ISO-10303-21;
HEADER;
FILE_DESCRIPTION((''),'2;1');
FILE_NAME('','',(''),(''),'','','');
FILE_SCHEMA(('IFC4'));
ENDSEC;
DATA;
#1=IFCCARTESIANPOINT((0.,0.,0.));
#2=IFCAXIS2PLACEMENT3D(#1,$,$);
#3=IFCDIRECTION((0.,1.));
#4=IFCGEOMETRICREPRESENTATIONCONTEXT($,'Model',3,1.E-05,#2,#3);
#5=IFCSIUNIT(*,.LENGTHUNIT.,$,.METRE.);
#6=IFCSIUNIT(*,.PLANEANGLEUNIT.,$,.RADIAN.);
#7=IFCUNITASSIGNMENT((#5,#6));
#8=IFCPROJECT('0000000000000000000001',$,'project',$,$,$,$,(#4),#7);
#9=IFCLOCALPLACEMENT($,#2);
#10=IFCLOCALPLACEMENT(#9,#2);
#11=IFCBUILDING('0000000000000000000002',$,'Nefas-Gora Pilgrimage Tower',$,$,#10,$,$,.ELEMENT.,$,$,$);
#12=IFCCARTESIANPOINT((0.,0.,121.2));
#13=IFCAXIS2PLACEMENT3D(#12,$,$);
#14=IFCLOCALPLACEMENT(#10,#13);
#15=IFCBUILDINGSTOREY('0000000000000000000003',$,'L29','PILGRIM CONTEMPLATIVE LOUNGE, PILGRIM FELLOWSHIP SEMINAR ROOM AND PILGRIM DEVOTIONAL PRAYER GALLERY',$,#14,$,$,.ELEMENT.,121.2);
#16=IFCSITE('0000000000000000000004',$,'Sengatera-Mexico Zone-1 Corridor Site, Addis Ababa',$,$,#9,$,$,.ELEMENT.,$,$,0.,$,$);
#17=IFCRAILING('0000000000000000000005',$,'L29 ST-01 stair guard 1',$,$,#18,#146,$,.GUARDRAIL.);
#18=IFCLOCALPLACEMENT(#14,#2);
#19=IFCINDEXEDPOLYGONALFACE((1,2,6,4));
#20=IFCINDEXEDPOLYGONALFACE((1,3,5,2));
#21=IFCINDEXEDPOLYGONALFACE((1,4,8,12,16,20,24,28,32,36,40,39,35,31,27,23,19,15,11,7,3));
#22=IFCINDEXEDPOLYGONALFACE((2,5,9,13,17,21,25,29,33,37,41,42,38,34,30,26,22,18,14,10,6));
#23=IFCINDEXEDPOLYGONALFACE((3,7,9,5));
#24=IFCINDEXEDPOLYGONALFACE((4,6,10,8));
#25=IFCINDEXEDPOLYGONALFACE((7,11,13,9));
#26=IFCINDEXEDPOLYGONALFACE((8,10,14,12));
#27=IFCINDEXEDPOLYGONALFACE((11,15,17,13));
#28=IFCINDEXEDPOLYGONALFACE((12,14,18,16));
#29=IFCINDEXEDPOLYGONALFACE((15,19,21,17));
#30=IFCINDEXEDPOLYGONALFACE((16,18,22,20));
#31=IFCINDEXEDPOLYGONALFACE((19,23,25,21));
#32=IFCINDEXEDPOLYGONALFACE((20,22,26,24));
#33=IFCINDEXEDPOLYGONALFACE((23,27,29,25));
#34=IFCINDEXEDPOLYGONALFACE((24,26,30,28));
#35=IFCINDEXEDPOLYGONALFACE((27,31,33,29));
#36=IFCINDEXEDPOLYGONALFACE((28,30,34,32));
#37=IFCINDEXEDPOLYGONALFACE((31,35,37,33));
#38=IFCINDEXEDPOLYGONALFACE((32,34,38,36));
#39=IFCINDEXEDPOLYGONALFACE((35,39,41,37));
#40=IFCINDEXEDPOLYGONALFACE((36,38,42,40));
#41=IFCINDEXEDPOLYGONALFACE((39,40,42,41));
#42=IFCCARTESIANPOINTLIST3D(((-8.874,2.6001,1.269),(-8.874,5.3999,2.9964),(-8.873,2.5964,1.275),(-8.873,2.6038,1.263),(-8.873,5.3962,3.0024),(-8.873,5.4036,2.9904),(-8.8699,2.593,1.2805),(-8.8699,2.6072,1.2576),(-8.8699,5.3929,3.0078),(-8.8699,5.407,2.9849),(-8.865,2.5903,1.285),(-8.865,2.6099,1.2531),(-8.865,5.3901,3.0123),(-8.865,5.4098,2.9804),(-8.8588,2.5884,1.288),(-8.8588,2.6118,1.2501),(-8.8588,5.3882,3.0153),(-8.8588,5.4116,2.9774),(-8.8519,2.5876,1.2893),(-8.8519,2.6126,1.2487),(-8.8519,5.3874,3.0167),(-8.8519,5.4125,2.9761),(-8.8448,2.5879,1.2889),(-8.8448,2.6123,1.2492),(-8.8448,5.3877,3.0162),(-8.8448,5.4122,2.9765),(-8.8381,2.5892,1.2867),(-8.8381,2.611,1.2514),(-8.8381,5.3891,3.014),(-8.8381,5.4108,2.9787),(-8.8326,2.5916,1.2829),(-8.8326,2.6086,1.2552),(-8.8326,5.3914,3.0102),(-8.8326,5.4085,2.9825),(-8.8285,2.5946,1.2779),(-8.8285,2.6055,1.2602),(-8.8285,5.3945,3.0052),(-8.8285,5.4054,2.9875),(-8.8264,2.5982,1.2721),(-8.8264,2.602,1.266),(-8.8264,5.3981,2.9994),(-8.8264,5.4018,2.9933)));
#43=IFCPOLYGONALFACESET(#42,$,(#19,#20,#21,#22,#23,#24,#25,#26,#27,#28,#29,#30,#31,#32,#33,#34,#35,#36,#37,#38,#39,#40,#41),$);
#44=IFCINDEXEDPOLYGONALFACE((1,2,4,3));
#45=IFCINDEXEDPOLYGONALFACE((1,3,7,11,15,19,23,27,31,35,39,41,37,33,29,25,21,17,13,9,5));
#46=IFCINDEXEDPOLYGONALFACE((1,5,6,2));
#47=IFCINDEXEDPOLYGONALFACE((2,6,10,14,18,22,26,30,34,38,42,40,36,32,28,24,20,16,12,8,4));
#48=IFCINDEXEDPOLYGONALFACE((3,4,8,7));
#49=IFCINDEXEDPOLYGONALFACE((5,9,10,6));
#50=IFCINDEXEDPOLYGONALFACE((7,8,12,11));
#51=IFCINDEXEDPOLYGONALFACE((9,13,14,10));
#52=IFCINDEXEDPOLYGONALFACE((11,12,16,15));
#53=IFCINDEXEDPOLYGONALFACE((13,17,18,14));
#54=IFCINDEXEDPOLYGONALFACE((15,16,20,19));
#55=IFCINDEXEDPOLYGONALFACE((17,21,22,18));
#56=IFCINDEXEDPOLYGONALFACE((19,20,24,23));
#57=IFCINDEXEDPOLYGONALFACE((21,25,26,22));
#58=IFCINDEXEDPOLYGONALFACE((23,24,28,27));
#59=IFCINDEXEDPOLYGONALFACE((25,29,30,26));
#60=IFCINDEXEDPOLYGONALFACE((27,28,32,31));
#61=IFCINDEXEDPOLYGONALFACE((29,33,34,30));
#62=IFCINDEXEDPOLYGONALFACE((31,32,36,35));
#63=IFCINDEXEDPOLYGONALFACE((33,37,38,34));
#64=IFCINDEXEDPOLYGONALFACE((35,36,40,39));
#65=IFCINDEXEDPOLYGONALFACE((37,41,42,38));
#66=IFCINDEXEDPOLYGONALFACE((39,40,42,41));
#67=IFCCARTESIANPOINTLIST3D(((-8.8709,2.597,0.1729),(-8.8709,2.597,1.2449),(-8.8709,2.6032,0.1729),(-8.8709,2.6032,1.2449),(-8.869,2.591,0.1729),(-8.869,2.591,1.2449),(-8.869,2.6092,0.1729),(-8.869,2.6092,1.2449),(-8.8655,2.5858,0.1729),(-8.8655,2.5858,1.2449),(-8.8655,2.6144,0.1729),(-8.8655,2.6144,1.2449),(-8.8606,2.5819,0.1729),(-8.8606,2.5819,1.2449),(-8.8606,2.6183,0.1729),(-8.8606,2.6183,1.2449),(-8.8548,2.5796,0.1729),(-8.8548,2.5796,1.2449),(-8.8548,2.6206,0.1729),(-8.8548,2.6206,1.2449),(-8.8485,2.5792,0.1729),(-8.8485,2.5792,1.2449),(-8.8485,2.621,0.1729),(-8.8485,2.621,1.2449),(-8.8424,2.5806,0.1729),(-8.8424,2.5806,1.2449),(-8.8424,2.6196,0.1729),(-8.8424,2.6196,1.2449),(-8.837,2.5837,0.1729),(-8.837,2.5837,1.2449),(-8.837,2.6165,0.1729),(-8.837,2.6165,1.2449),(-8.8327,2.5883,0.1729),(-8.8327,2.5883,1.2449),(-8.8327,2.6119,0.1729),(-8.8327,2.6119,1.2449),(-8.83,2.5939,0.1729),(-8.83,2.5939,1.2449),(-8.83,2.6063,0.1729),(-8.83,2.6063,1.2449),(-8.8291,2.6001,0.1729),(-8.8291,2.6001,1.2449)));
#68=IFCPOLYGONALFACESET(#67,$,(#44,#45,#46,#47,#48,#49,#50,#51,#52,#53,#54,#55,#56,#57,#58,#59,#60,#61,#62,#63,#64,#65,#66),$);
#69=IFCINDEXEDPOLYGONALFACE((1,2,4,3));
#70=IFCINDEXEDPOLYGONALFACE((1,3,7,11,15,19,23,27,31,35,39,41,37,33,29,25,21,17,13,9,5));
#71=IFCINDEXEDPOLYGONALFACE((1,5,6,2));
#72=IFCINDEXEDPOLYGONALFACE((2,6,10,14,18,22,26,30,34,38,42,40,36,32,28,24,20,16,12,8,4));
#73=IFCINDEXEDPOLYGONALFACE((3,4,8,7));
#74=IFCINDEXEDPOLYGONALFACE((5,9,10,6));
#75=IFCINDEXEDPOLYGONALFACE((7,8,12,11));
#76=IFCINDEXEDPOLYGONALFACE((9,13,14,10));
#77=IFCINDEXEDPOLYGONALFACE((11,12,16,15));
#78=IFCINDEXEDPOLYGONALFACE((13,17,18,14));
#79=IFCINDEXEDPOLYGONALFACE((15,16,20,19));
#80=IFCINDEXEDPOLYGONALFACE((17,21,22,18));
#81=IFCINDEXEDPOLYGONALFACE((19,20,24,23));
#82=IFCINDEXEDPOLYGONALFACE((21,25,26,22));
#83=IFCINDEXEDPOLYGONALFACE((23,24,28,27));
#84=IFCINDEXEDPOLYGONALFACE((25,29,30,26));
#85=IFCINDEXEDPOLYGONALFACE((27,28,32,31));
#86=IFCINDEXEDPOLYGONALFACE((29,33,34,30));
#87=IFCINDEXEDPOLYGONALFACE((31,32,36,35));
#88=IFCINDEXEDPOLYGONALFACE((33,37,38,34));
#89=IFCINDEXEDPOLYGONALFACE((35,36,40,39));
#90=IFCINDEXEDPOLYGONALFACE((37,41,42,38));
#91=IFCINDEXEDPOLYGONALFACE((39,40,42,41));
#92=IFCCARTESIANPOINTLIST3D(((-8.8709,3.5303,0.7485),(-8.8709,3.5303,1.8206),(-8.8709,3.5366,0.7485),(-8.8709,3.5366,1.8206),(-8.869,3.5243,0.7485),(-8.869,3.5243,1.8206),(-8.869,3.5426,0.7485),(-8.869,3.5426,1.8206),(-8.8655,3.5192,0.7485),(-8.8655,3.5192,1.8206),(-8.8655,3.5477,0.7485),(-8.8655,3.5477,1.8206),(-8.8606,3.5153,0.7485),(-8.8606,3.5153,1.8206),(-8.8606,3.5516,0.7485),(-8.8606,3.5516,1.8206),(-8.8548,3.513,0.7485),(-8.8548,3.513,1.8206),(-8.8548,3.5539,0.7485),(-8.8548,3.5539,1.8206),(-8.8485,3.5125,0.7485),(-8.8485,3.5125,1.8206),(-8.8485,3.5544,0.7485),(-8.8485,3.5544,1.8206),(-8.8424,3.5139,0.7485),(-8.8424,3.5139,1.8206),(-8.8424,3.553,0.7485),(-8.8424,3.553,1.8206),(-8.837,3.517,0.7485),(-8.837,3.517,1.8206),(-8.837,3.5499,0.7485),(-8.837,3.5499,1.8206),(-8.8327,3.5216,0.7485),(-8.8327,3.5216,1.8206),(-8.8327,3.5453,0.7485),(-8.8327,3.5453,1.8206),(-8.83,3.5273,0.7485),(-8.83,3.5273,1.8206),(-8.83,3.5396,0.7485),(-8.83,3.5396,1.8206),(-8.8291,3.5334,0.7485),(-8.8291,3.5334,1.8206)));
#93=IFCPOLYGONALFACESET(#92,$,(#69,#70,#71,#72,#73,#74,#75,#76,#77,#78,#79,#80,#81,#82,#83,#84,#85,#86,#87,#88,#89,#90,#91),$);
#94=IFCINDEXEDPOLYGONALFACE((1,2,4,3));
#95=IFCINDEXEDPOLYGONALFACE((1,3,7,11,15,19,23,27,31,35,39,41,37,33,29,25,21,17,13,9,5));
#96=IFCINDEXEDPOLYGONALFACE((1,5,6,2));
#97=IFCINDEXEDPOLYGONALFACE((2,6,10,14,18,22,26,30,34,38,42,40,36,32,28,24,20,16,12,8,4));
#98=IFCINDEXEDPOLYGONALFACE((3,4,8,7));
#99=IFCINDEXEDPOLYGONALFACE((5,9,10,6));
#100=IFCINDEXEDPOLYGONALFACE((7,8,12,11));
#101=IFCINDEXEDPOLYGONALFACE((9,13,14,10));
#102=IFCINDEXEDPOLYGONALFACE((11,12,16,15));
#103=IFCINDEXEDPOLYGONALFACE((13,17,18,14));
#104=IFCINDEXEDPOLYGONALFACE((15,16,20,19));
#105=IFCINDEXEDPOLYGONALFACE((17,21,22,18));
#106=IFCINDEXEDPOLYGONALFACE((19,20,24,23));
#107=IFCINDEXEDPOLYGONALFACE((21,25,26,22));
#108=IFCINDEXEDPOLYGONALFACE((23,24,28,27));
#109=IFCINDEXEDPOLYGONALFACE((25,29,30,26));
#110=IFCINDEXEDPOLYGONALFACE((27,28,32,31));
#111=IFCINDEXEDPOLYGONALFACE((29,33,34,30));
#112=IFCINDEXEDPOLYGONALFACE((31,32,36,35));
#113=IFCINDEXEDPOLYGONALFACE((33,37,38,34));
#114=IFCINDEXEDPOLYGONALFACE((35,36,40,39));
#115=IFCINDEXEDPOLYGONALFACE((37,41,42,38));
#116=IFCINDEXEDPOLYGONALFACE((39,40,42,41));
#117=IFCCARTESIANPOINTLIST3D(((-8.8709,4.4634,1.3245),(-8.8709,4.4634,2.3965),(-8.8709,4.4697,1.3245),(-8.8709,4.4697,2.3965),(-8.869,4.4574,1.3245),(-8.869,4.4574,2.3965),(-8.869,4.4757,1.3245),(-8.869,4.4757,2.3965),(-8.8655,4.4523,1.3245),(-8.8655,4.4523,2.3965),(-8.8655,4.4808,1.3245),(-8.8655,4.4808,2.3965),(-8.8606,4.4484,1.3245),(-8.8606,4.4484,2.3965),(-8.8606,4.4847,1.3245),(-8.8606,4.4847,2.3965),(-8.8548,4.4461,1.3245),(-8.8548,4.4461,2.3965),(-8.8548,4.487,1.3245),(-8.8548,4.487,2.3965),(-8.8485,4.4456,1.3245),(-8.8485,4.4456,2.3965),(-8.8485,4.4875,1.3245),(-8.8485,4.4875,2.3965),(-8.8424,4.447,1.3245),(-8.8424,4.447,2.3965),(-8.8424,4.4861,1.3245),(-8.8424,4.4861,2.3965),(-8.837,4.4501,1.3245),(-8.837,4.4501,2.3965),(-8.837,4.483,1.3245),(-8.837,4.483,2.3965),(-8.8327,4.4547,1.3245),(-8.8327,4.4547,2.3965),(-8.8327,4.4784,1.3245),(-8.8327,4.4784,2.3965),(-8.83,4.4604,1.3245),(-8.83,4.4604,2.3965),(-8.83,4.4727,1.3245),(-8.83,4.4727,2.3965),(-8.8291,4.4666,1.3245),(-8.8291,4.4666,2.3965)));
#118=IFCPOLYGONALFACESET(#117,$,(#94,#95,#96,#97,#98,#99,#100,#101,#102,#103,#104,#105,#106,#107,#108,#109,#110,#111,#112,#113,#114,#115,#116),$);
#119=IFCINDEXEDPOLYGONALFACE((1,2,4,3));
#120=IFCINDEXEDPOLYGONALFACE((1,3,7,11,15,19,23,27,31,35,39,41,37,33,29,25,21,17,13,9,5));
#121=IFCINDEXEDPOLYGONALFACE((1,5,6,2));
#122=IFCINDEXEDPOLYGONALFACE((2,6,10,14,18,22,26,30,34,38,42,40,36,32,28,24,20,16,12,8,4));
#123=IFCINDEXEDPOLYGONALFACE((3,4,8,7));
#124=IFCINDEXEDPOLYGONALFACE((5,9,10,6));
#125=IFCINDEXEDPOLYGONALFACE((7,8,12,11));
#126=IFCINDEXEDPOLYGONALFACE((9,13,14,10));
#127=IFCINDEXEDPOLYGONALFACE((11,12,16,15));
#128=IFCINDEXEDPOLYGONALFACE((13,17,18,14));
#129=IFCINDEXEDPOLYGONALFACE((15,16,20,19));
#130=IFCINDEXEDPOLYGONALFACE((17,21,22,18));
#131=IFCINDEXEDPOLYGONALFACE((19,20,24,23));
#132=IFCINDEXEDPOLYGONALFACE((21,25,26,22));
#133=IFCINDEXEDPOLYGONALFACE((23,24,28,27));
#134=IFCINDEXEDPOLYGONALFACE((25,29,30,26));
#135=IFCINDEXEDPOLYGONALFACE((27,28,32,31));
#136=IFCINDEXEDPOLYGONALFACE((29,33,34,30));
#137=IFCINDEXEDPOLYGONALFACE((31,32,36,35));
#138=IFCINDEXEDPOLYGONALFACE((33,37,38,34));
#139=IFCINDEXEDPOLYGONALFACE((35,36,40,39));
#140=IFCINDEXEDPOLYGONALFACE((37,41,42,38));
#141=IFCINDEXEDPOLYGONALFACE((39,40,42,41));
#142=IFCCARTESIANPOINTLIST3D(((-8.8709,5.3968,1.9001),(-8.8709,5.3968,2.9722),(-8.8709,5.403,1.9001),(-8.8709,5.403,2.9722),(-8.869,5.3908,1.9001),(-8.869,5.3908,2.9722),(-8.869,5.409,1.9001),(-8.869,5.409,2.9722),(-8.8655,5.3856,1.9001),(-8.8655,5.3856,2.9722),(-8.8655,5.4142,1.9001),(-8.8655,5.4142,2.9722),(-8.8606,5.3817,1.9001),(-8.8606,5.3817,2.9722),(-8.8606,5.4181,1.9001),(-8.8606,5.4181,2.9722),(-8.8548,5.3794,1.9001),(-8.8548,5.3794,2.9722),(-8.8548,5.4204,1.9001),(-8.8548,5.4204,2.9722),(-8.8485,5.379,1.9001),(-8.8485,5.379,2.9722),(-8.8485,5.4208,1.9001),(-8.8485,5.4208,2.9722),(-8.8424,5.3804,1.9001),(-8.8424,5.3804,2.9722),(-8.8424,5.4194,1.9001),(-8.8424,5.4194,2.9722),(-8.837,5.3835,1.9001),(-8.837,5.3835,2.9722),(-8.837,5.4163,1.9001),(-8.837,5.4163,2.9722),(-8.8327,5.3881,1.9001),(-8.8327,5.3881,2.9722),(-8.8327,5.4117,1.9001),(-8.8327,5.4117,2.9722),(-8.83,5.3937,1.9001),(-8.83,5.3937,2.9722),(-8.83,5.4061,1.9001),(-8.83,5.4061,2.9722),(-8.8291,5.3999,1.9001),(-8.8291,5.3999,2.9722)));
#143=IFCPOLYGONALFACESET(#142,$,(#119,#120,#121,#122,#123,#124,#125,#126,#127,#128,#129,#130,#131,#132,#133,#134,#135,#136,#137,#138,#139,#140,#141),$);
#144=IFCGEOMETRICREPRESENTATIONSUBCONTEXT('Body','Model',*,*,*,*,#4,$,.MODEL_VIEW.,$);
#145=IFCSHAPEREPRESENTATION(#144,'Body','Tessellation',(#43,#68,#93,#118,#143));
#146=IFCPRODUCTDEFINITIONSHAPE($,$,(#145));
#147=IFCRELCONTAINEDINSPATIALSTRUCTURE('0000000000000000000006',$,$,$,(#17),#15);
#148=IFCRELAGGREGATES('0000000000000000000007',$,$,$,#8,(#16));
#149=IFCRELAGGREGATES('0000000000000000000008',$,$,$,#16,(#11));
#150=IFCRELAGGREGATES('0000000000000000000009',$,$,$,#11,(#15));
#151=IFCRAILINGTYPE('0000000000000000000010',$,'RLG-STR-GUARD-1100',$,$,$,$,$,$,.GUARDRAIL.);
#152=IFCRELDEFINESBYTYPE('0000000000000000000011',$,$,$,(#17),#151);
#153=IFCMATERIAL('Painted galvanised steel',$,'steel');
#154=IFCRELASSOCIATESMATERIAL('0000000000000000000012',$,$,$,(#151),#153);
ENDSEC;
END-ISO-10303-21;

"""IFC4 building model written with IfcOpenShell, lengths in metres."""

from ifc_helpers import new_model, si_unit, direction, frame, origin, origin_2d, place, context, subcontext, project, spatial, circle, extrude, material, type_object, element, save


model = new_model("IFC4")

# Units and contexts
model_context = context("Model", 3, precision=1e-05, world=origin(), true_north=direction((0.0, 1.0)))
body_context = subcontext(model_context, "Body", "Model", "MODEL_VIEW")
ifc_project = project(units=[si_unit("LENGTHUNIT", "METRE"), si_unit("PLANEANGLEUNIT", "RADIAN")], contexts=[model_context])

# Site, building, storey
site_placement = place(None, origin())
site = spatial("IfcSite", under=ifc_project, at=site_placement, Name="Sengatera-Mexico Zone-1 Corridor Site, Addis Ababa", CompositionType="ELEMENT", RefElevation=0.0)
building_placement = place(site_placement, origin())
building = spatial("IfcBuilding", under=site, at=building_placement, Name="Nefas-Gora Pilgrimage Tower", CompositionType="ELEMENT")
storey_placement = place(building_placement, frame((0.0, 0.0, 121.2)))
storey = spatial("IfcBuildingStorey", under=building, at=storey_placement, Name="L29", Description="PILGRIM CONTEMPLATIVE LOUNGE, PILGRIM FELLOWSHIP SEMINAR ROOM AND PILGRIM DEVOTIONAL PRAYER GALLERY", CompositionType="ELEMENT", Elevation=121.2)

# Railing
ifc_material_1 = material(Name="Painted galvanised steel", Category="steel")
railing_type_1 = type_object("IfcRailingType", Name="RLG-STR-GUARD-1100", PredefinedType="GUARDRAIL", material=ifc_material_1)
railing_1_placement = place(storey_placement, frame((-8.8501, 2.6001, 0.1729)))
element("IfcRailing", 1, at=railing_1_placement, inside=storey, type_object=railing_type_1, Name="L29 ST-01 stair guard 1", PredefinedType="GUARDRAIL", context=body_context, shape_type="SweptSolid", body=[
    extrude(circle(Radius=0.0239, at=origin_2d()), frame((0.0, 0.0, 1.0962), z_axis=(0.0, 0.851069, 0.525054), x_axis=(-1.0, 0.0, 0.0)), (0.0, 0.0, 1.0), 3.2898),
    extrude(circle(Radius=0.021, at=origin_2d()), origin(), (0.0, 0.0, 1.0), 1.072),
    extrude(circle(Radius=0.021, at=origin_2d()), frame((0.0, 0.9333, 0.5757)), (0.0, 0.0, 1.0), 1.072),
    extrude(circle(Radius=0.021, at=origin_2d()), frame((0.0, 1.8665, 1.1516)), (0.0, 0.0, 1.0), 1.072),
    extrude(circle(Radius=0.021, at=origin_2d()), frame((0.0, 2.7998, 1.7273)), (0.0, 0.0, 1.0), 1.072),
])

save(model, "model.ifc")
